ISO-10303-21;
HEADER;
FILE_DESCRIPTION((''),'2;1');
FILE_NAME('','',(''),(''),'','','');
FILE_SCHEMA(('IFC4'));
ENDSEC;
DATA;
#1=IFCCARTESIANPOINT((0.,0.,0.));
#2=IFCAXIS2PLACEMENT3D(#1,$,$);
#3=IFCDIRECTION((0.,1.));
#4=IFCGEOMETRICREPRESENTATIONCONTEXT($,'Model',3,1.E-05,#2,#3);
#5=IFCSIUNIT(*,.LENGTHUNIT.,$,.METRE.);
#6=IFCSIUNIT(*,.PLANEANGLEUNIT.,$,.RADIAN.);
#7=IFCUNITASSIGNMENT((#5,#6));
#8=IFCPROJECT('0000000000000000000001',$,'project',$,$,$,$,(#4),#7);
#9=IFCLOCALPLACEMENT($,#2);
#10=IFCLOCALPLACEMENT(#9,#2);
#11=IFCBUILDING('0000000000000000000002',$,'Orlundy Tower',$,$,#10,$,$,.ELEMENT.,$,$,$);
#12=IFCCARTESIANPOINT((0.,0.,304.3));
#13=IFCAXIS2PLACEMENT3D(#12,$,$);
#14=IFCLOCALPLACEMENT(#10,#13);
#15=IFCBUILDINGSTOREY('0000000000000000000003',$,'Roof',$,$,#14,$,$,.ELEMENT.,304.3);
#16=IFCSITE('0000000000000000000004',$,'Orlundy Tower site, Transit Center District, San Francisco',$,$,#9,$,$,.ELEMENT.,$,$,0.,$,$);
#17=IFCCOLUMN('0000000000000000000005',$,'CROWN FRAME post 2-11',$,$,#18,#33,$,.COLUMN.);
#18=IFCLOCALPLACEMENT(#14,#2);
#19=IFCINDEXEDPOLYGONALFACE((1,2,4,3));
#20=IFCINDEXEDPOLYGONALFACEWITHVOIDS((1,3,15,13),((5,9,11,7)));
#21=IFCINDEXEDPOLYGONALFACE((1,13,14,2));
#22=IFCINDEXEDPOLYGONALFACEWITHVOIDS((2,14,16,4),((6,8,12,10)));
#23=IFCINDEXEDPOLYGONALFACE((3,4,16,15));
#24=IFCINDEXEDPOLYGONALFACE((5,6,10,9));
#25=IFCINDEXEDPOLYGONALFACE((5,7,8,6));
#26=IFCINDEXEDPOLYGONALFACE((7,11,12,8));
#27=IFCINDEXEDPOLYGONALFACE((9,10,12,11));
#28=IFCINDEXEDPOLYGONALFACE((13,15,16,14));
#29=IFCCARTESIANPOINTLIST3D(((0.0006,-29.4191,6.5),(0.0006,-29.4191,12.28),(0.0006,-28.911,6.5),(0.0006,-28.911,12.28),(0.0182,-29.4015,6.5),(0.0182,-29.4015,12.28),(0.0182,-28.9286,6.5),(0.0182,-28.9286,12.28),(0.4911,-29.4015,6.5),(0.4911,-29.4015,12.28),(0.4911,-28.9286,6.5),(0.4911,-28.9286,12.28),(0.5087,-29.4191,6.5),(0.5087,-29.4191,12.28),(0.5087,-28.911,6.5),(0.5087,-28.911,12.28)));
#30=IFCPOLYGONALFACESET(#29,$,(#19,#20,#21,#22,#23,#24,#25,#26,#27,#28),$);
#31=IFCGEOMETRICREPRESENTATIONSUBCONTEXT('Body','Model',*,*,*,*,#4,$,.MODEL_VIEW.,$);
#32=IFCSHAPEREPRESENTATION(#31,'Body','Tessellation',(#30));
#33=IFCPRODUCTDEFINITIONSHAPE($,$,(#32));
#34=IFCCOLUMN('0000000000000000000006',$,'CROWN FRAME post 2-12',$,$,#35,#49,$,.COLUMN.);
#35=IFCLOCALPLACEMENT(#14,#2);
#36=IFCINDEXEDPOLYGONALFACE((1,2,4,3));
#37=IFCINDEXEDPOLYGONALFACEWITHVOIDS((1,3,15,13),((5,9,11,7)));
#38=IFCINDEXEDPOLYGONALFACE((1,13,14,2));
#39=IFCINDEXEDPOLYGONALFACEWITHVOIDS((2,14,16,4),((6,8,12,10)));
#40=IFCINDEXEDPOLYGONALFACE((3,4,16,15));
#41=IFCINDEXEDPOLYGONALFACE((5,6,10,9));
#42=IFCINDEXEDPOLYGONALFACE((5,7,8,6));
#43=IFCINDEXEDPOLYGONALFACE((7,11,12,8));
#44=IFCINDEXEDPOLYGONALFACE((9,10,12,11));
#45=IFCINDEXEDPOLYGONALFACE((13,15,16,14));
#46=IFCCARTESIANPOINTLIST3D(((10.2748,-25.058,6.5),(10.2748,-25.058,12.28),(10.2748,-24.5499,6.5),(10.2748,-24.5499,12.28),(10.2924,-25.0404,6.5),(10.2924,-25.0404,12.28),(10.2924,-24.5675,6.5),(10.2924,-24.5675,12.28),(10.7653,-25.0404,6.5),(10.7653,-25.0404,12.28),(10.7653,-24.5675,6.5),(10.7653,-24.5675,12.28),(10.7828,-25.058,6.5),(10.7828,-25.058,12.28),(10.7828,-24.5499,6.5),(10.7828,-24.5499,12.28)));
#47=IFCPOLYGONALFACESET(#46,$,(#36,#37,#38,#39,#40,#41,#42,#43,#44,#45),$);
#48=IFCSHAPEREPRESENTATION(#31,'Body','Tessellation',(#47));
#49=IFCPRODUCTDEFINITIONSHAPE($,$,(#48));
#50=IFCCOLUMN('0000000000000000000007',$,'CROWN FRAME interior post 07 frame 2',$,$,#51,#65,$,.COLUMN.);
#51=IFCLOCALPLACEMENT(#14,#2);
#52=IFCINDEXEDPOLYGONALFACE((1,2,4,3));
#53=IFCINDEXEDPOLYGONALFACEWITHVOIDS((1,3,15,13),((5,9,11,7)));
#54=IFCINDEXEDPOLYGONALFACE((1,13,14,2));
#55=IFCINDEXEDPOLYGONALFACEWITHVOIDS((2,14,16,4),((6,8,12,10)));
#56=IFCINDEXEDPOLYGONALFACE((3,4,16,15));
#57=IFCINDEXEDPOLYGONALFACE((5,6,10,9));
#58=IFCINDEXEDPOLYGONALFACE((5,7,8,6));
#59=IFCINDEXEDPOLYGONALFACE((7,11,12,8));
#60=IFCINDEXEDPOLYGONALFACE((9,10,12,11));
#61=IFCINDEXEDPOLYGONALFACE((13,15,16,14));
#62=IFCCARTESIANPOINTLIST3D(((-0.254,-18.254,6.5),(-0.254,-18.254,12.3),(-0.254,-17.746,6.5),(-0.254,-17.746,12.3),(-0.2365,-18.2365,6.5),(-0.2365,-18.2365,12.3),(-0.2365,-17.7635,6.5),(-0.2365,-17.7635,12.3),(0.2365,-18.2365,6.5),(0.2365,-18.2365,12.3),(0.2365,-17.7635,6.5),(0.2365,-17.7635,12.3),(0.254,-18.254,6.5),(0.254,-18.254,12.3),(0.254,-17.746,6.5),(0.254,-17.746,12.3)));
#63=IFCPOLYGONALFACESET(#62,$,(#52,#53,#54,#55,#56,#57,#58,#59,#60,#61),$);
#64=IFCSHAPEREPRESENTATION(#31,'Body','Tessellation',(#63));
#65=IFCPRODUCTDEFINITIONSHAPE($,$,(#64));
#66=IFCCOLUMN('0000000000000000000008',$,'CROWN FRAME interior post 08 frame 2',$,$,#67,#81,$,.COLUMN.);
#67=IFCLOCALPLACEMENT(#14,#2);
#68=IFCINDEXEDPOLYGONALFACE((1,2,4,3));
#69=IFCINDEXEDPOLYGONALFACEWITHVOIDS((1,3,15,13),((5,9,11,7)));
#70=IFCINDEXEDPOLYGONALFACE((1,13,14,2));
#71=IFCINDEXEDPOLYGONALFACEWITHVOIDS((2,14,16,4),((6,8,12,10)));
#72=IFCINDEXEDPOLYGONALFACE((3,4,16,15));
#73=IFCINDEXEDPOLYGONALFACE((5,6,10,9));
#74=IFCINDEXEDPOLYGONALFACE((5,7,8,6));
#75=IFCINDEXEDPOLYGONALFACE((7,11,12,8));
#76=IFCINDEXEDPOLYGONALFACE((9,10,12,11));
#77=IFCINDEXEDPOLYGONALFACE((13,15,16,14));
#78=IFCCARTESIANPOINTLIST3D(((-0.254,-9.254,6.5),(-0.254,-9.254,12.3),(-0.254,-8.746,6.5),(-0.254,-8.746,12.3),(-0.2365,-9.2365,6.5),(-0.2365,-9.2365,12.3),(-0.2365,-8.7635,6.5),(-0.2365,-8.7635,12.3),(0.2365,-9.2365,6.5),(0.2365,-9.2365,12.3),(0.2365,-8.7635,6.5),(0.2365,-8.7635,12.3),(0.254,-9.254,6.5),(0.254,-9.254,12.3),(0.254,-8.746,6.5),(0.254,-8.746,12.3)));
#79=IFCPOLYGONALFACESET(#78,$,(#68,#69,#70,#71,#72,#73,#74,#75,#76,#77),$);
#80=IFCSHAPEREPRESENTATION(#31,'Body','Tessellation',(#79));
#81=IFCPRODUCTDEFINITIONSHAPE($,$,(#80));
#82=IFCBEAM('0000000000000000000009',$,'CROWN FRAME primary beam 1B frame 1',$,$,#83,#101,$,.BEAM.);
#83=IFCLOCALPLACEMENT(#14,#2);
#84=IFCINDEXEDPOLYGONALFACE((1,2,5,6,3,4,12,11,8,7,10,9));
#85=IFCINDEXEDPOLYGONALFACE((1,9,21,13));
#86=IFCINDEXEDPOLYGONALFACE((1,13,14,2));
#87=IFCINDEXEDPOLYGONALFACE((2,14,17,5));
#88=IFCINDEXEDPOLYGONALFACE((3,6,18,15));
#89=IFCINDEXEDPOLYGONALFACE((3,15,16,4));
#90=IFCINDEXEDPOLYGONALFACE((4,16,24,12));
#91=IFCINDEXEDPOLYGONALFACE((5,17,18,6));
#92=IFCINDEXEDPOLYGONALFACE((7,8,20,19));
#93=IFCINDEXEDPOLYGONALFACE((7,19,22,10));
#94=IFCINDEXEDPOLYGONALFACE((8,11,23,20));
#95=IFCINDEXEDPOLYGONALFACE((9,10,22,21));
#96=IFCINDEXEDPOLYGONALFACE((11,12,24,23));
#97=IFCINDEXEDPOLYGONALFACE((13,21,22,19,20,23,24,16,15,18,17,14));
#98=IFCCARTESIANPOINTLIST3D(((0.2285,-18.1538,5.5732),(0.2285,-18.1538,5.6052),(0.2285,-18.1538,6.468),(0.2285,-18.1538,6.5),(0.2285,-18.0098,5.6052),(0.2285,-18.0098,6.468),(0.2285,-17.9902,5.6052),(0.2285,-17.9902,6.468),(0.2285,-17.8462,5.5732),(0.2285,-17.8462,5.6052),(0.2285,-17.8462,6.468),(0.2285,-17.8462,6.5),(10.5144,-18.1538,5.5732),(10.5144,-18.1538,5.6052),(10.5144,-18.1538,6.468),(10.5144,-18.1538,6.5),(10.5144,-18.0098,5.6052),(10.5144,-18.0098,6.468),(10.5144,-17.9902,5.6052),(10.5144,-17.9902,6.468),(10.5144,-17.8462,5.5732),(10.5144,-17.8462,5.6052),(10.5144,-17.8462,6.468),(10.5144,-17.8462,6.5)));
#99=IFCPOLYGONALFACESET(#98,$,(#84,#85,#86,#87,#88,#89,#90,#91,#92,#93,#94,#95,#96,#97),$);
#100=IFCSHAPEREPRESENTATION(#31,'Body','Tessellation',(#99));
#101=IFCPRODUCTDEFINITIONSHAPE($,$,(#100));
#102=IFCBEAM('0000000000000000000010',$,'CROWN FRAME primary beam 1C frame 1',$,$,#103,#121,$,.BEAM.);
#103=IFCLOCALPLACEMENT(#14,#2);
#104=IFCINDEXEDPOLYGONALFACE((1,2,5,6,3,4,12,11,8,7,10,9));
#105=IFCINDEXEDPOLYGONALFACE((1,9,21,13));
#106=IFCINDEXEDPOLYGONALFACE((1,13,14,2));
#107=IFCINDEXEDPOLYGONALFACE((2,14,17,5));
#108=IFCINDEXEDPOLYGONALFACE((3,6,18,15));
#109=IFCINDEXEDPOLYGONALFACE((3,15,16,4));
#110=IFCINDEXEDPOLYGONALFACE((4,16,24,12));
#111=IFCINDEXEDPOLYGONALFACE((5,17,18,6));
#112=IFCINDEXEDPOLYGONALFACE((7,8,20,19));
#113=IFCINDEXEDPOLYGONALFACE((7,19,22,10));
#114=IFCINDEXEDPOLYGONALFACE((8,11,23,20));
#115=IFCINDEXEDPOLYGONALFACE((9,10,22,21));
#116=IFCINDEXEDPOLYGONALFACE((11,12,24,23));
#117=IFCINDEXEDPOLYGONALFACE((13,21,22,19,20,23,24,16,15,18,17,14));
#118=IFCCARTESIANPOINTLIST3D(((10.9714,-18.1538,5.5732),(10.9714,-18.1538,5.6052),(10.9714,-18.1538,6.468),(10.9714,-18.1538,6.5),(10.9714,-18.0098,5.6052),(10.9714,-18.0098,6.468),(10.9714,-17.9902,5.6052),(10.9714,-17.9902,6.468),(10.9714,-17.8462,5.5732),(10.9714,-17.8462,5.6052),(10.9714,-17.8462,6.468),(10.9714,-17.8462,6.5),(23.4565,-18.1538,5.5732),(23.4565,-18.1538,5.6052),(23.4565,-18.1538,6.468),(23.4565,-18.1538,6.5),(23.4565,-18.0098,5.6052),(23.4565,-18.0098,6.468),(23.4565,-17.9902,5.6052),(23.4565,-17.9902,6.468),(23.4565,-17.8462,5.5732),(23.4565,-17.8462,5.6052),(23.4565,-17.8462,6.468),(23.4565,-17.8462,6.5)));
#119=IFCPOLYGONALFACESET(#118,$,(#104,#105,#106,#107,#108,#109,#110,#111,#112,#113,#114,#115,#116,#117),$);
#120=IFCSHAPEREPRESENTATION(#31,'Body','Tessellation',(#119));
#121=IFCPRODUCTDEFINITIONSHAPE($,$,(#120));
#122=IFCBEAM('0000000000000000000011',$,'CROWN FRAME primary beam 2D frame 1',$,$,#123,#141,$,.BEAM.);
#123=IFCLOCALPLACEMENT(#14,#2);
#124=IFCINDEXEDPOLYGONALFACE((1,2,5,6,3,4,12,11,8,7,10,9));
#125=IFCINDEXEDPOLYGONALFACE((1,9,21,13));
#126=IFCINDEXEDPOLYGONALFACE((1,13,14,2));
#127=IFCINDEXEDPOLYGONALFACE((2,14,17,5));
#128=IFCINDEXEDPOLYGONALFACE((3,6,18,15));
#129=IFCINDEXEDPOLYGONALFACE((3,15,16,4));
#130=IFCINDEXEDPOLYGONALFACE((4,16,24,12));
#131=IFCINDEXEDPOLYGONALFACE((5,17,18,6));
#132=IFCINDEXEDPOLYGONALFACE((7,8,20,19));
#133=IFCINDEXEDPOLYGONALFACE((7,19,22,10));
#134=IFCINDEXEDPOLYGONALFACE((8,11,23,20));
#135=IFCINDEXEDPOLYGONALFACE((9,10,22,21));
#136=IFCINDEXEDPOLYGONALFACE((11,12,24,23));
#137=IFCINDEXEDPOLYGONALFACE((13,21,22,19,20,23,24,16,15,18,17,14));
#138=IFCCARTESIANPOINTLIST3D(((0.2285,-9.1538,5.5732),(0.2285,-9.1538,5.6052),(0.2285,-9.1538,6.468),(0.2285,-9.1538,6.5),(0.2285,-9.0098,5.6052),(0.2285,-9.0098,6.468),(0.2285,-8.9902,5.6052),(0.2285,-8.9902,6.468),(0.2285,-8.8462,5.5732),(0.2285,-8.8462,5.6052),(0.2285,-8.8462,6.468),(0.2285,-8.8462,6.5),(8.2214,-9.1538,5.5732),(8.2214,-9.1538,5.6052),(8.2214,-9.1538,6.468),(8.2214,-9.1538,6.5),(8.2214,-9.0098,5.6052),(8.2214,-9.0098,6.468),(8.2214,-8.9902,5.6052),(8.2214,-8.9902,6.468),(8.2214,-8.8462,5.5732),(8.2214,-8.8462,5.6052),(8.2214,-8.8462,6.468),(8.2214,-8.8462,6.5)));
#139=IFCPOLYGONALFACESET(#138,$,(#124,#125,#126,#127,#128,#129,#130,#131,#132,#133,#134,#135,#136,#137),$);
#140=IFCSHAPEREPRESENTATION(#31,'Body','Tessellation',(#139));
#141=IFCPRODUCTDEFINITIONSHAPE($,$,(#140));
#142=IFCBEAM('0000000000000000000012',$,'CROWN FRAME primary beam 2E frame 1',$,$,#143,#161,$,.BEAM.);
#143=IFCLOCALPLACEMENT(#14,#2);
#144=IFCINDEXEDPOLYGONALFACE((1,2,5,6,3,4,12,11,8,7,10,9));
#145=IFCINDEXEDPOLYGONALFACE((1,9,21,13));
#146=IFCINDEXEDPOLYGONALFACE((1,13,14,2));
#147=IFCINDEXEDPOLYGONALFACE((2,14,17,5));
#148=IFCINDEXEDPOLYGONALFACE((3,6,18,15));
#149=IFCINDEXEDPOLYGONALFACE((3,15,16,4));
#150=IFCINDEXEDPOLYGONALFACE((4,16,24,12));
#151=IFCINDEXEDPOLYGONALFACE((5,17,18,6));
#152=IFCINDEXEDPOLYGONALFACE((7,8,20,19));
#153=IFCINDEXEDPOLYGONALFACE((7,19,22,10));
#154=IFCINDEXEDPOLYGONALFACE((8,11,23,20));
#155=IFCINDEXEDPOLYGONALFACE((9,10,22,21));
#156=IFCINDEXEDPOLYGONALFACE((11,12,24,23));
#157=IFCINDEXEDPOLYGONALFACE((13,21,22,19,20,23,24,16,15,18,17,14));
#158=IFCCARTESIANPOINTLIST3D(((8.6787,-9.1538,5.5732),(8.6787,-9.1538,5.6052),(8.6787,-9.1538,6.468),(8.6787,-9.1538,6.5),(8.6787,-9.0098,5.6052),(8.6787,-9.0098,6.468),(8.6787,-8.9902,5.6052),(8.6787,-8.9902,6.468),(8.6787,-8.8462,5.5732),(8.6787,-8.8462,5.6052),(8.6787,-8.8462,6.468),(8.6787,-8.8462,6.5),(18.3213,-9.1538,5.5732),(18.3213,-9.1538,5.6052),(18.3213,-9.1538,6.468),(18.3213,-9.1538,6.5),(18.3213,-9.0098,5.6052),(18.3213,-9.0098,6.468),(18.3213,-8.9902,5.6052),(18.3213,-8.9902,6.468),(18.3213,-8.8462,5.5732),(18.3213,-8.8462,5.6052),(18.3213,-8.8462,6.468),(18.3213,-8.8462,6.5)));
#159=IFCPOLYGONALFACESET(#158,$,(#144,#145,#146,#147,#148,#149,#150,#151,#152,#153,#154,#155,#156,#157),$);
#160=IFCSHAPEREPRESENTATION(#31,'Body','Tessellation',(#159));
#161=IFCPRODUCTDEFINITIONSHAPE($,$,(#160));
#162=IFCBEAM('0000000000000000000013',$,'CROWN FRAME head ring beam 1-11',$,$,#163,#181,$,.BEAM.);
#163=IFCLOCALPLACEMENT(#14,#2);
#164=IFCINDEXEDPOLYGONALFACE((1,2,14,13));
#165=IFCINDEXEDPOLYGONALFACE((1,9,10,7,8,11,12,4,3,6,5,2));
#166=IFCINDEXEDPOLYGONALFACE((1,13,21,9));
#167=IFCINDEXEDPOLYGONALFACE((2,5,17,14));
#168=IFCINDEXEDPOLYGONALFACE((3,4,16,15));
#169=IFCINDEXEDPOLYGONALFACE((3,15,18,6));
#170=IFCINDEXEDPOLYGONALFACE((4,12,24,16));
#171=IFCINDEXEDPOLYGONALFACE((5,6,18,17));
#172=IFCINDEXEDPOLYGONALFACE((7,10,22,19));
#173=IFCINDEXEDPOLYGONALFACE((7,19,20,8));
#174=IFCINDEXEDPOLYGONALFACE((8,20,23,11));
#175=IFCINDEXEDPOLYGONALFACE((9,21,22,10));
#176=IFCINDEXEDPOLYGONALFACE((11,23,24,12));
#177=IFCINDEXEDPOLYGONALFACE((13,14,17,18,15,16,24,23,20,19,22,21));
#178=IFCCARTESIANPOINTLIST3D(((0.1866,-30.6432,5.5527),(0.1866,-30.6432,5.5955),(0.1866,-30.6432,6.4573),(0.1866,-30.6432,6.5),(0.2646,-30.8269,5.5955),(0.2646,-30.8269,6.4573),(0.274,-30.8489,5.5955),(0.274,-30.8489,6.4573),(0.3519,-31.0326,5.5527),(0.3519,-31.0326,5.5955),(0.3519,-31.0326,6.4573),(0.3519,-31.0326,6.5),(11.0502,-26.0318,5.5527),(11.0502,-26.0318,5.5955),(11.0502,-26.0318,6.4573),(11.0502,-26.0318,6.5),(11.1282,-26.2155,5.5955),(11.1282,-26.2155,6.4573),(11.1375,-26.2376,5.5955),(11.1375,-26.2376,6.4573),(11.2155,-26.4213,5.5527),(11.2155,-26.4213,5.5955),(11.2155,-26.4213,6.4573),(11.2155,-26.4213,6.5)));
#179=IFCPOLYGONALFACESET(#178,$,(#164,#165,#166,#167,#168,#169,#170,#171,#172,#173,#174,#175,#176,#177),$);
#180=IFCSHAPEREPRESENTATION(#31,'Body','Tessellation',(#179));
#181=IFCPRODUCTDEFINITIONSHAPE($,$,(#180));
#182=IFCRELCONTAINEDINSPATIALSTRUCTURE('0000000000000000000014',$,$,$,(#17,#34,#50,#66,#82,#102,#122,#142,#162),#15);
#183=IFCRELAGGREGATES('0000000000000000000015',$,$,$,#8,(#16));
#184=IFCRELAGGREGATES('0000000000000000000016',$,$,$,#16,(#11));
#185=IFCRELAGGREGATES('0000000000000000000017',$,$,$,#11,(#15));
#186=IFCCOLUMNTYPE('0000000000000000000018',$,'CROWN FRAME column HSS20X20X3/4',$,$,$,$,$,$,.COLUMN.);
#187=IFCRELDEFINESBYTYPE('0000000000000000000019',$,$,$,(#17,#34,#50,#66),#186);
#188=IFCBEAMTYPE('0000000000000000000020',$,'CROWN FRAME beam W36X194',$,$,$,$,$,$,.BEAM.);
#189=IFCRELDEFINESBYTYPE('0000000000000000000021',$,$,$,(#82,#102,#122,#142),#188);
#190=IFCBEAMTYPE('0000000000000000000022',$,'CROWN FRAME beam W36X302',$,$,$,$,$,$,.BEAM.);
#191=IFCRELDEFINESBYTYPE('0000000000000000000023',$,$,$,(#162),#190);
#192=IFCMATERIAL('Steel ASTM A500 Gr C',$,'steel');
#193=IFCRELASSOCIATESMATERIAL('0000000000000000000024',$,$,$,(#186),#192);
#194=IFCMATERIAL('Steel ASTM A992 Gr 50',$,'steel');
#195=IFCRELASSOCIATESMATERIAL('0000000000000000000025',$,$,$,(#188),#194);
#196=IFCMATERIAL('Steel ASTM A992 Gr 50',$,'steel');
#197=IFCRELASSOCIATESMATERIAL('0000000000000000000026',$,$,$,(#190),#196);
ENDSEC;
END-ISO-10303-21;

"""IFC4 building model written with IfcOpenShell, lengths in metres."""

from ifc_helpers import new_model, si_unit, direction, frame, origin, origin_2d, place, context, subcontext, project, spatial, hollow_rectangle, i_section, extrude, material, material_profile, profile_set, type_object, element, save


model = new_model("IFC4")

# Units and contexts
model_context = context("Model", 3, precision=1e-05, world=origin(), true_north=direction((0.0, 1.0)))
body_context = subcontext(model_context, "Body", "Model", "MODEL_VIEW")
ifc_project = project(units=[si_unit("LENGTHUNIT", "METRE"), si_unit("PLANEANGLEUNIT", "RADIAN")], contexts=[model_context])

# Site, building, storey
site_placement = place(None, origin())
site = spatial("IfcSite", under=ifc_project, at=site_placement, Name="Orlundy Tower site, Transit Center District, San Francisco", CompositionType="ELEMENT", RefElevation=0.0)
building_placement = place(site_placement, origin())
building = spatial("IfcBuilding", under=site, at=building_placement, Name="Orlundy Tower", CompositionType="ELEMENT")
storey_placement = place(building_placement, frame((0.0, 0.0, 304.3)))
storey = spatial("IfcBuildingStorey", under=building, at=storey_placement, Name="Roof", CompositionType="ELEMENT", Elevation=304.3)

# Columns
ifc_material_1 = material(Name="Steel ASTM A500 Gr C", Category="steel")
ifc_material_profile_1 = material_profile(ifc_material_1, hollow_rectangle(XDim=0.5081, YDim=0.5081, WallThickness=0.0176, at=origin_2d()), Name="HSS20X20X3/4")
ifc_profile_set_1 = profile_set([ifc_material_profile_1], Name="Steel ASTM A500 Gr C")
column_type = type_object("IfcColumnType", Name="CROWN FRAME column HSS20X20X3/4", PredefinedType="COLUMN", material=ifc_profile_set_1)
for number, where, z_axis, x_axis, name in (
    (1, (0.2546, -29.165, 6.5), (0.0, 0.0, 1.0), (1.0, 0.0, 0.0), "CROWN FRAME post 2-11"),
    (2, (10.5288, -24.804, 6.5), (0.0, 0.0, 1.0), (1.0, 0.0, 0.0), "CROWN FRAME post 2-12"),
):
    element("IfcColumn", number, at=place(storey_placement, frame(where, z_axis=z_axis, x_axis=x_axis)), inside=storey, type_object=column_type, Name=name, PredefinedType="COLUMN", context=body_context, shape_type="SweptSolid", body=[
        extrude(hollow_rectangle(XDim=0.5081, YDim=0.5081, WallThickness=0.0176, at=origin_2d()), origin(), (0.0, 0.0, 1.0), 5.78),
    ])
for number, where, z_axis, x_axis, name in (
    (3, (0.0, -18.0, 6.5), (0.0, 0.0, 1.0), (1.0, 0.0, 0.0), "CROWN FRAME interior post 07 frame 2"),
    (4, (0.0, -9.0, 6.5), (0.0, 0.0, 1.0), (1.0, 0.0, 0.0), "CROWN FRAME interior post 08 frame 2"),
):
    element("IfcColumn", number, at=place(storey_placement, frame(where, z_axis=z_axis, x_axis=x_axis)), inside=storey, type_object=column_type, Name=name, PredefinedType="COLUMN", context=body_context, shape_type="SweptSolid", body=[
        extrude(hollow_rectangle(XDim=0.5081, YDim=0.5081, WallThickness=0.0176, at=origin_2d()), origin(), (0.0, 0.0, 1.0), 5.8),
    ])

# Beams
ifc_material_2 = material(Name="Steel ASTM A992 Gr 50", Category="steel")
ifc_material_profile_2 = material_profile(ifc_material_2, i_section(OverallWidth=0.3076, OverallDepth=0.9268, WebThickness=0.0195, FlangeThickness=0.032, at=origin_2d()), Name="W36X194")
ifc_profile_set_2 = profile_set([ifc_material_profile_2], Name="Steel ASTM A992 Gr 50")
beam_type_1 = type_object("IfcBeamType", Name="CROWN FRAME beam W36X194", PredefinedType="BEAM", material=ifc_profile_set_2)
beam_1_placement = place(storey_placement, frame((0.2285, -18.0, 6.0366), z_axis=(1.0, 0.0, 0.0), x_axis=(0.0, 1.0, 0.0)))
element("IfcBeam", 5, at=beam_1_placement, inside=storey, type_object=beam_type_1, Name="CROWN FRAME primary beam 1B frame 1", PredefinedType="BEAM", context=body_context, shape_type="SweptSolid", body=[
    extrude(i_section(OverallWidth=0.3076, OverallDepth=0.9268, WebThickness=0.0195, FlangeThickness=0.032, at=origin_2d()), origin(), (0.0, 0.0, 1.0), 10.2859),
])
beam_2_placement = place(storey_placement, frame((10.9714, -18.0, 6.0366), z_axis=(1.0, 0.0, 0.0), x_axis=(0.0, 1.0, 0.0)))
element("IfcBeam", 6, at=beam_2_placement, inside=storey, type_object=beam_type_1, Name="CROWN FRAME primary beam 1C frame 1", PredefinedType="BEAM", context=body_context, shape_type="SweptSolid", body=[
    extrude(i_section(OverallWidth=0.3076, OverallDepth=0.9268, WebThickness=0.0195, FlangeThickness=0.032, at=origin_2d()), origin(), (0.0, 0.0, 1.0), 12.4851),
])
beam_3_placement = place(storey_placement, frame((0.2285, -9.0, 6.0366), z_axis=(1.0, 0.0, 0.0), x_axis=(0.0, 1.0, 0.0)))
element("IfcBeam", 7, at=beam_3_placement, inside=storey, type_object=beam_type_1, Name="CROWN FRAME primary beam 2D frame 1", PredefinedType="BEAM", context=body_context, shape_type="SweptSolid", body=[
    extrude(i_section(OverallWidth=0.3076, OverallDepth=0.9268, WebThickness=0.0195, FlangeThickness=0.032, at=origin_2d()), origin(), (0.0, 0.0, 1.0), 7.9929),
])
beam_4_placement = place(storey_placement, frame((8.6787, -9.0, 6.0366), z_axis=(1.0, 0.0, 0.0), x_axis=(0.0, 1.0, 0.0)))
element("IfcBeam", 8, at=beam_4_placement, inside=storey, type_object=beam_type_1, Name="CROWN FRAME primary beam 2E frame 1", PredefinedType="BEAM", context=body_context, shape_type="SweptSolid", body=[
    extrude(i_section(OverallWidth=0.3076, OverallDepth=0.9268, WebThickness=0.0195, FlangeThickness=0.032, at=origin_2d()), origin(), (0.0, 0.0, 1.0), 9.6426),
])
ifc_material_3 = material(Name="Steel ASTM A992 Gr 50", Category="steel")
ifc_material_profile_3 = material_profile(ifc_material_3, i_section(OverallWidth=0.4231, OverallDepth=0.9473, WebThickness=0.0239, FlangeThickness=0.0427, at=origin_2d()), Name="W36X302")
ifc_profile_set_3 = profile_set([ifc_material_profile_3], Name="Steel ASTM A992 Gr 50")
beam_type_2 = type_object("IfcBeamType", Name="CROWN FRAME beam W36X302", PredefinedType="BEAM", material=ifc_profile_set_3)
beam_5_placement = place(storey_placement, frame((0.2693, -30.8379, 6.0264), z_axis=(0.920504, 0.390734, 0.0), x_axis=(-0.390734, 0.920504, 0.0)))
element("IfcBeam", 9, at=beam_5_placement, inside=storey, type_object=beam_type_2, Name="CROWN FRAME head ring beam 1-11", PredefinedType="BEAM", context=body_context, shape_type="SweptSolid", body=[
    extrude(i_section(OverallWidth=0.4231, OverallDepth=0.9473, WebThickness=0.0239, FlangeThickness=0.0427, at=origin_2d()), origin(), (0.0, 0.0, 1.0), 11.8018),
])

save(model, "model.ifc")
